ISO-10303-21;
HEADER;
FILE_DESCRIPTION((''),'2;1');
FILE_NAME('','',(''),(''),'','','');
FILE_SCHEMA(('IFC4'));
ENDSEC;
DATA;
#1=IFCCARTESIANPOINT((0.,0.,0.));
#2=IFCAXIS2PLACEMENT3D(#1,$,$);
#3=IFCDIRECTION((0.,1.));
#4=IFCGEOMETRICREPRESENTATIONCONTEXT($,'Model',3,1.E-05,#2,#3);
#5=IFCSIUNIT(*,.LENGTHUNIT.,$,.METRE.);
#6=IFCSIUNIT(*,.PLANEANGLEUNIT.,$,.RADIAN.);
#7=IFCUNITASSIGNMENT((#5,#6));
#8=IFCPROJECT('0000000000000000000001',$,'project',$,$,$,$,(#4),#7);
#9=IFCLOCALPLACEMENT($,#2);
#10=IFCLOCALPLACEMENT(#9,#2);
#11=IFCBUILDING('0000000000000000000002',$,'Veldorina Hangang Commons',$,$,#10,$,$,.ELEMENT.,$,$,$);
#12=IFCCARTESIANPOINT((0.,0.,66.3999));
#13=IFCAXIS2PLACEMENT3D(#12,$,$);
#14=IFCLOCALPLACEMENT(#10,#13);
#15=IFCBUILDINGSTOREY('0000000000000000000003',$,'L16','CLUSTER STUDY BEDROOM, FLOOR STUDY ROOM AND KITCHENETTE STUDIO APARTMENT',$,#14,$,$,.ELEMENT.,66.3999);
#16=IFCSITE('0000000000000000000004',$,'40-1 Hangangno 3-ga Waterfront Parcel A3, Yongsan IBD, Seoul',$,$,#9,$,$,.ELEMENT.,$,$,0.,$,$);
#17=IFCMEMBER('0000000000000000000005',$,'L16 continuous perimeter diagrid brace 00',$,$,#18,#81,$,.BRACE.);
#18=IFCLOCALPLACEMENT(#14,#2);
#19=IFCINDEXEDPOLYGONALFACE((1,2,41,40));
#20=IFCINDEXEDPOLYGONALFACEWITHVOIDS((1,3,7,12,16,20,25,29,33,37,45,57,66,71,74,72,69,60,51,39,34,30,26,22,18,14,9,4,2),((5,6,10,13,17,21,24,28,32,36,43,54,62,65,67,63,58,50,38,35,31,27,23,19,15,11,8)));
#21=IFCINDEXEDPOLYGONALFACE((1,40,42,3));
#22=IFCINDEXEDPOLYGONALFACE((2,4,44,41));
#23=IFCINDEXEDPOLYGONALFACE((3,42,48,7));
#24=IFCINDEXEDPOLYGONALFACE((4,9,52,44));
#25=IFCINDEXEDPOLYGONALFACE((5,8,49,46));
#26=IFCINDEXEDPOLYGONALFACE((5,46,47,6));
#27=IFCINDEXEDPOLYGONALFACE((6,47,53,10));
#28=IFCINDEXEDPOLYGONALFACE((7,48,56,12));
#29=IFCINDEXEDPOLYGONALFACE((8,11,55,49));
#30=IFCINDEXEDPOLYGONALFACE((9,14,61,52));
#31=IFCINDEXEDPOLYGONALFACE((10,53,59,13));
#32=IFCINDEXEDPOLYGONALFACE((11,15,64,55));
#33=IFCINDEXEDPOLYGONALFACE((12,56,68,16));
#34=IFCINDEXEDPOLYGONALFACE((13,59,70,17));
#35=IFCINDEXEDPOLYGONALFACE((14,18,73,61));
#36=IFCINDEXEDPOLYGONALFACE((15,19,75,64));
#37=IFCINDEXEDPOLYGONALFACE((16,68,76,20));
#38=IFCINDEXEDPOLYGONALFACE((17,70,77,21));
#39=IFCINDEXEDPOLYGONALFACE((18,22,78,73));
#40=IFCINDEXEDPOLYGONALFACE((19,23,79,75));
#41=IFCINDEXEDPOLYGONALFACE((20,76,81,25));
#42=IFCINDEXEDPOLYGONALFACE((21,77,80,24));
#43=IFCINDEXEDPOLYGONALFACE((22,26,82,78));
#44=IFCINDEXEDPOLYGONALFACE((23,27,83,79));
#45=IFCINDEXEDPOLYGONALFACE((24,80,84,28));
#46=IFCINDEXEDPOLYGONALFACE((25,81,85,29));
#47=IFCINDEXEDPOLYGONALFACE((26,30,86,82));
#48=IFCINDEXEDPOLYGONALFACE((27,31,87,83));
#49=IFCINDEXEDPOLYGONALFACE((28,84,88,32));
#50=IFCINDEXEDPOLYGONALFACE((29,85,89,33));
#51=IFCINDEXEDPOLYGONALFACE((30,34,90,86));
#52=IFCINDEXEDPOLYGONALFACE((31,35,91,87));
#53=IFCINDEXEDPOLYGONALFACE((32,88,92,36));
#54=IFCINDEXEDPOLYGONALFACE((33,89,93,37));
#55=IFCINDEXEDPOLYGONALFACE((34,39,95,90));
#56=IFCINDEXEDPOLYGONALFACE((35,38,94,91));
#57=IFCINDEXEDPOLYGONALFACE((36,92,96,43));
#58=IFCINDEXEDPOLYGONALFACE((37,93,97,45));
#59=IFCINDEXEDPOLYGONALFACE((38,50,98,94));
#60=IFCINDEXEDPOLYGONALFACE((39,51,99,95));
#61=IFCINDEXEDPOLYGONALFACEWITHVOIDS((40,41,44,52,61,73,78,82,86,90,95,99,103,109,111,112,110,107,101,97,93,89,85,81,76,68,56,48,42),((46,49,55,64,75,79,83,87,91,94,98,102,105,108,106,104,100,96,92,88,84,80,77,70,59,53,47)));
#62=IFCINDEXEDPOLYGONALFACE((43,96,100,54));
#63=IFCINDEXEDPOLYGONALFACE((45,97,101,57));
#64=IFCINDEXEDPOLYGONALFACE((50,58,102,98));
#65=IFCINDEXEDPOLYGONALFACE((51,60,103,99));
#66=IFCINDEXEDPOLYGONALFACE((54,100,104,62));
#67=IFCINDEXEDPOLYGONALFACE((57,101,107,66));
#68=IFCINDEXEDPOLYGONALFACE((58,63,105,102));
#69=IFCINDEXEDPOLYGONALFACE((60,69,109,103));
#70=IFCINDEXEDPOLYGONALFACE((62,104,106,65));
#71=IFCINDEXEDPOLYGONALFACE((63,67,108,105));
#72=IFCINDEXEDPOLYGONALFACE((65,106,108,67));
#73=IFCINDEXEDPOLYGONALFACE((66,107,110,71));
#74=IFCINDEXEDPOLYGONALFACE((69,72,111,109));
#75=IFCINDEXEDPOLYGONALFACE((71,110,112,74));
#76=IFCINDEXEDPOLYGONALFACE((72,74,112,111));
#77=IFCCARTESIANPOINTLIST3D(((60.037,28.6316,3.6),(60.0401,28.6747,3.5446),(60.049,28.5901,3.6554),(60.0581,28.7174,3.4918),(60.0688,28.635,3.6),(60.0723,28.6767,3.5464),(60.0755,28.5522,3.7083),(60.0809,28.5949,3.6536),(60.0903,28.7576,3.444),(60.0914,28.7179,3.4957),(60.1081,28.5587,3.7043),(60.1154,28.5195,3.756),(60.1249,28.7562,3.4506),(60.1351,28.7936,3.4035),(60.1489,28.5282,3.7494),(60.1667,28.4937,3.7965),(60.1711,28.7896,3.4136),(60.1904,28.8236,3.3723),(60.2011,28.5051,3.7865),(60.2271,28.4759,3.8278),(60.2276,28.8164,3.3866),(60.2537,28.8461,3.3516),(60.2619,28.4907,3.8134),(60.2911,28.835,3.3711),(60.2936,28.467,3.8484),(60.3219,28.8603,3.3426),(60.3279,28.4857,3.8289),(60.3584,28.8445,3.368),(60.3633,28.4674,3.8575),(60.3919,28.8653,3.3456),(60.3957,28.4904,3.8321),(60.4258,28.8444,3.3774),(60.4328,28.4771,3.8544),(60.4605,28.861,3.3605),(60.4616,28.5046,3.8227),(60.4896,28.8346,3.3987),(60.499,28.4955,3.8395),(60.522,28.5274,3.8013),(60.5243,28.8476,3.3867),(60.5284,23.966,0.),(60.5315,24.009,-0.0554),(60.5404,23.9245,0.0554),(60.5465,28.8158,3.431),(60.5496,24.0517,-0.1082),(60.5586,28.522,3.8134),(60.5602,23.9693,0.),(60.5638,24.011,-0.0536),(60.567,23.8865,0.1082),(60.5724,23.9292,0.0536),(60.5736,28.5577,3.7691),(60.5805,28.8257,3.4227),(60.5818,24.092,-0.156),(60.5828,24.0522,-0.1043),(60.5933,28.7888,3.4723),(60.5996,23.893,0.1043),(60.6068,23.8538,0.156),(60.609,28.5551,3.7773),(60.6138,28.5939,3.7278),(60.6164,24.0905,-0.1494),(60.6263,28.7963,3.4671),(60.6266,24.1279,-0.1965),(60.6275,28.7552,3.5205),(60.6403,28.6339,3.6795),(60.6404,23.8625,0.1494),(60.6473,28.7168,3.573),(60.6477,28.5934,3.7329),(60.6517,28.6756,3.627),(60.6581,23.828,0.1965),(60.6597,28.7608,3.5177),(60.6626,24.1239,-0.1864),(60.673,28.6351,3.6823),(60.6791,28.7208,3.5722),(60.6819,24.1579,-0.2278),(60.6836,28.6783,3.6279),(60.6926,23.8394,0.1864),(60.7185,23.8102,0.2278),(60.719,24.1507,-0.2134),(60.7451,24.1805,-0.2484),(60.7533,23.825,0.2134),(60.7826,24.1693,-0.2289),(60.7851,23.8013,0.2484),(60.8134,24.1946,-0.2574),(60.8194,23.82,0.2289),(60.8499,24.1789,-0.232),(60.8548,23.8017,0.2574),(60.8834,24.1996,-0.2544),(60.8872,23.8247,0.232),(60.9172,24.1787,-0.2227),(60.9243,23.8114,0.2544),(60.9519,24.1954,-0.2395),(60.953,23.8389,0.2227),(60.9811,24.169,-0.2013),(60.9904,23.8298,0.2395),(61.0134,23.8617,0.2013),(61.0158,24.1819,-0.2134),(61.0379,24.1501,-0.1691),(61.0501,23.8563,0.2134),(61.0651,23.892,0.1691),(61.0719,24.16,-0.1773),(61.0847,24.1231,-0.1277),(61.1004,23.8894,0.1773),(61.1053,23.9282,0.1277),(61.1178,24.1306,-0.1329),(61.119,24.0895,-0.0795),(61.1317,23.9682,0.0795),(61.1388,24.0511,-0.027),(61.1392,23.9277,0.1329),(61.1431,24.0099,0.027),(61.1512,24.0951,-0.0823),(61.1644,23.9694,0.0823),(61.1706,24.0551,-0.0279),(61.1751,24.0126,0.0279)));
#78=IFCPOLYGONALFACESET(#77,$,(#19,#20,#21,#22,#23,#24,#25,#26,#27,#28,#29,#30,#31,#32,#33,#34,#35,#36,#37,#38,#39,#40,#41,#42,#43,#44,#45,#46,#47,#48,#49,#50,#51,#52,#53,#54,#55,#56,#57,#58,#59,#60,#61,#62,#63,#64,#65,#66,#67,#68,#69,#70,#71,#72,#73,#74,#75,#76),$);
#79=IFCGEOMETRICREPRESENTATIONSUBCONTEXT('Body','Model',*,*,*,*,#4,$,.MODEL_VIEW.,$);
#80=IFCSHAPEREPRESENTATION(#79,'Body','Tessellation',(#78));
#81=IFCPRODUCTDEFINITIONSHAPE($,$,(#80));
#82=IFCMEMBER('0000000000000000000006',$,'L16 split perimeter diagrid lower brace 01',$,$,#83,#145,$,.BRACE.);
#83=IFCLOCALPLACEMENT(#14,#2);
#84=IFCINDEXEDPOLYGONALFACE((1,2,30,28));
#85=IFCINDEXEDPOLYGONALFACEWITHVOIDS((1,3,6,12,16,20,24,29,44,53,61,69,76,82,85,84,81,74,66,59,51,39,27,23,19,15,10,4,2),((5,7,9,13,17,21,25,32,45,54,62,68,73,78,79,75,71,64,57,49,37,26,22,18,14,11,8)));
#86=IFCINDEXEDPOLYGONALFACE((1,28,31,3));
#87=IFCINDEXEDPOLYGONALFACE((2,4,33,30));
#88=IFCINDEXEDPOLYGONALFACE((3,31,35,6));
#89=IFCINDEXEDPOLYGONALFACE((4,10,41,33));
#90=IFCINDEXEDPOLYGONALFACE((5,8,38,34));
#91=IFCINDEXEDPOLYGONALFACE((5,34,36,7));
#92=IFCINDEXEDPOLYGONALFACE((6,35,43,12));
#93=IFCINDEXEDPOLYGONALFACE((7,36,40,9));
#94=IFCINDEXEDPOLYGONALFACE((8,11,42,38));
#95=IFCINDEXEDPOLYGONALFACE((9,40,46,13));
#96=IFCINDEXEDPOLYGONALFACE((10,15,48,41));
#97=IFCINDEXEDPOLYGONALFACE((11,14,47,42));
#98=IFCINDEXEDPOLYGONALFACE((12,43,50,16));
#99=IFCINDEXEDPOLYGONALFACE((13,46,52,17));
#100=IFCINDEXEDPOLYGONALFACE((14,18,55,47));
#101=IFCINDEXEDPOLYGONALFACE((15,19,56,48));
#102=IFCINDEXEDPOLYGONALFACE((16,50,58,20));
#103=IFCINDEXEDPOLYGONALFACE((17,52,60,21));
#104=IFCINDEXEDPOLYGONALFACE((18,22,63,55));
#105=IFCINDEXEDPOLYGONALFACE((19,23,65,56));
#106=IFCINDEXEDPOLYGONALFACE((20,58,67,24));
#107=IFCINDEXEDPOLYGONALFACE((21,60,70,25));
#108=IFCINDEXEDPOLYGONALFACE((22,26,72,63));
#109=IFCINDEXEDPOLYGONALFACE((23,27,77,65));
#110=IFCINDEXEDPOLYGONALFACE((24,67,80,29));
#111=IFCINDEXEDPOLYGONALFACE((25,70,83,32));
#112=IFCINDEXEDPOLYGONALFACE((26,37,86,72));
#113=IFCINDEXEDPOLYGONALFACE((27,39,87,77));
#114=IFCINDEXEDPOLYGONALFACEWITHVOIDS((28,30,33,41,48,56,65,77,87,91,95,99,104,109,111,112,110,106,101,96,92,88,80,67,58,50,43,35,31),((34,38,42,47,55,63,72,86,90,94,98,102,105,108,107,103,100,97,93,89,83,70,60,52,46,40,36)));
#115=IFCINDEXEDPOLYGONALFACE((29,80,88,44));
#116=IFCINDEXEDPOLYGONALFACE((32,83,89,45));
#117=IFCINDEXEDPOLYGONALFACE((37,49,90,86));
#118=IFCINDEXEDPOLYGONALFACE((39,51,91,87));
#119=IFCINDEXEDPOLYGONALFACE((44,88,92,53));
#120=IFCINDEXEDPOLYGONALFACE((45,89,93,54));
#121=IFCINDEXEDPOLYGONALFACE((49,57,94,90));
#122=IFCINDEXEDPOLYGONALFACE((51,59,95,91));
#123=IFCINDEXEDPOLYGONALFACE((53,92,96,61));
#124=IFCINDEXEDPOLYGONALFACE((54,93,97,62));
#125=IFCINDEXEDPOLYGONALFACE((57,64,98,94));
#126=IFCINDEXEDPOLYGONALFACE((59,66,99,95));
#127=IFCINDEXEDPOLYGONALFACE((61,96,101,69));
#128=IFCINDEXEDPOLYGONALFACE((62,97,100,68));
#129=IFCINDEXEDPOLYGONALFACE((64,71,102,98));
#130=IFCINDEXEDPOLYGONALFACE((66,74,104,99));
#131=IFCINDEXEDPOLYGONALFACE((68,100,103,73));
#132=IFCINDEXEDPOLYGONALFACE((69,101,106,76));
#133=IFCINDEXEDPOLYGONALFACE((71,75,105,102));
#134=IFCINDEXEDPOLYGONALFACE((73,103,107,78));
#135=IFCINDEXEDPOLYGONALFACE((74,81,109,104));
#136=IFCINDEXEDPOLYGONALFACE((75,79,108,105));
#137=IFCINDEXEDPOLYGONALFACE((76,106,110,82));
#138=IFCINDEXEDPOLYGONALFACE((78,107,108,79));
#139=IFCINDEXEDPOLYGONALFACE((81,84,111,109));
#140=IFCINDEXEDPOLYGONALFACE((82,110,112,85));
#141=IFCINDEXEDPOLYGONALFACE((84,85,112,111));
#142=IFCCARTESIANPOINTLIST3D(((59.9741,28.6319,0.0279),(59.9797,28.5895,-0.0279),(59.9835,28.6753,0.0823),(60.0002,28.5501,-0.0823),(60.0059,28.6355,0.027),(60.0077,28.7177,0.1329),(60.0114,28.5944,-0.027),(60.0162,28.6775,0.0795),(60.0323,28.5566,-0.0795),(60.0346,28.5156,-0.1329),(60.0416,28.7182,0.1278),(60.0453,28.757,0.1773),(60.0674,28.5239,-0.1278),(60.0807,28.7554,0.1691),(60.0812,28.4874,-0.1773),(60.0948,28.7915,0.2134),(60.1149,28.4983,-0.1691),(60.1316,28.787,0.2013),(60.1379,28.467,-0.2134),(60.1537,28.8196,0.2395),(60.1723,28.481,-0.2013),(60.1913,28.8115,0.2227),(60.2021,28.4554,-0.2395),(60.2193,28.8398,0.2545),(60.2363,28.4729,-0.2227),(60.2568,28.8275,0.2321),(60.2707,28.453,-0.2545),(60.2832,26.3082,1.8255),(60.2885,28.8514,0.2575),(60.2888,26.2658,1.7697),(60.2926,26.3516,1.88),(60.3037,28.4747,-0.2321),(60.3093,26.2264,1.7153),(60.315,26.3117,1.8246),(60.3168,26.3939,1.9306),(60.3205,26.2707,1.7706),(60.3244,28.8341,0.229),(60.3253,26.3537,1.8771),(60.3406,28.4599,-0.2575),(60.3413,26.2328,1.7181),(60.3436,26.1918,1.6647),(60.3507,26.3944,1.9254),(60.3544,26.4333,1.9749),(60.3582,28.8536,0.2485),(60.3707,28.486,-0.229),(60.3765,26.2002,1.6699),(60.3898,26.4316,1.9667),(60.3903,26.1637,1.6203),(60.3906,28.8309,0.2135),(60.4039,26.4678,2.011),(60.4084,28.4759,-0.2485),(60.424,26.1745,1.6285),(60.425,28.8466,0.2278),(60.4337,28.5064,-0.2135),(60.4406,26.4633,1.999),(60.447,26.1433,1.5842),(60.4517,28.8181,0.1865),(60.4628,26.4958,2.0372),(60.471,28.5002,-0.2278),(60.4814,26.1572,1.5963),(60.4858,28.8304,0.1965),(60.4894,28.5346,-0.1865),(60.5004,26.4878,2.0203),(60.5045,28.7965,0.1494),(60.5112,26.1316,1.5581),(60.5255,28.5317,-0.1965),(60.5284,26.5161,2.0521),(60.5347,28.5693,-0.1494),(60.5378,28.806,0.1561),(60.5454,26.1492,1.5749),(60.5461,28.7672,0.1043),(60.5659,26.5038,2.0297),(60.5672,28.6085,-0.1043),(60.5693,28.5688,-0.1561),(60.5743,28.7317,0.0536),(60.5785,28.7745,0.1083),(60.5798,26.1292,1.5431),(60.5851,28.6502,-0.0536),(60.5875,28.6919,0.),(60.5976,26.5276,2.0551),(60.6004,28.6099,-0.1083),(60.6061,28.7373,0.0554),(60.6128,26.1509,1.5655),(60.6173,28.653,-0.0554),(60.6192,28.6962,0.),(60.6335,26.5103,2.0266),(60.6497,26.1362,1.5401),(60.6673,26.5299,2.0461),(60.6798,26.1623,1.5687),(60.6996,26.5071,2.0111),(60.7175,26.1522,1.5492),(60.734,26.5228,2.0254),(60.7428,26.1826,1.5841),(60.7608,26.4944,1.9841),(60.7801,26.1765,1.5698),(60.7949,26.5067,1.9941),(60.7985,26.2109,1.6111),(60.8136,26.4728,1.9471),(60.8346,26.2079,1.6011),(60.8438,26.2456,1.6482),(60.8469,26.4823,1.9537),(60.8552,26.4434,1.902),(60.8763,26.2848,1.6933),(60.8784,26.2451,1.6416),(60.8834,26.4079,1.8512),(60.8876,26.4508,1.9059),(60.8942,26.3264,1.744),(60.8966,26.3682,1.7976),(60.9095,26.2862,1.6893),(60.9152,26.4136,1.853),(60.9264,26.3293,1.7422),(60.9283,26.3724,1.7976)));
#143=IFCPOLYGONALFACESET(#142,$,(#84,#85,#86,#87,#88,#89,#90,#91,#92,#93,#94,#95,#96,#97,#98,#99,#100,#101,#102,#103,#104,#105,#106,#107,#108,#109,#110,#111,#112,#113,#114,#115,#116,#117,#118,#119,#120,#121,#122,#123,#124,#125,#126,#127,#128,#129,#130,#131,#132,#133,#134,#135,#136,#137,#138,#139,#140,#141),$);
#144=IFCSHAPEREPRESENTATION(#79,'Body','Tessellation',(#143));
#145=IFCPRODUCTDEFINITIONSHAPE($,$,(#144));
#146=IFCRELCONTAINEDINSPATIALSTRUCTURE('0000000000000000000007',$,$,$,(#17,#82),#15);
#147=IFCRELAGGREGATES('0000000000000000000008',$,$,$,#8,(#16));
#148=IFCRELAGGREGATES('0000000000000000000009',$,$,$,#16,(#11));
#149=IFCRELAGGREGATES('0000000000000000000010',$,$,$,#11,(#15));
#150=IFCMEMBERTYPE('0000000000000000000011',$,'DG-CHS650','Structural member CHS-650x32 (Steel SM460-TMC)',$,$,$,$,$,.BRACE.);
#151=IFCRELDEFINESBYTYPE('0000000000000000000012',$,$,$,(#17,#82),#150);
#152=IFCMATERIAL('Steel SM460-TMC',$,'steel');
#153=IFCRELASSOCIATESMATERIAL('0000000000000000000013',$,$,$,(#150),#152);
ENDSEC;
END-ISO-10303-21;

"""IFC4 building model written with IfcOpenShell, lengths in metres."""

from ifc_helpers import new_model, si_unit, direction, frame, origin, origin_2d, place, context, subcontext, project, spatial, hollow_circle, extrude, material, material_profile, profile_set, type_object, element, save


model = new_model("IFC4")

# Units and contexts
model_context = context("Model", 3, precision=1e-05, world=origin(), true_north=direction((0.0, 1.0)))
body_context = subcontext(model_context, "Body", "Model", "MODEL_VIEW")
ifc_project = project(units=[si_unit("LENGTHUNIT", "METRE"), si_unit("PLANEANGLEUNIT", "RADIAN")], contexts=[model_context])

# Site, building, storey
site_placement = place(None, origin())
site = spatial("IfcSite", under=ifc_project, at=site_placement, Name="40-1 Hangangno 3-ga Waterfront Parcel A3, Yongsan IBD, Seoul", CompositionType="ELEMENT", RefElevation=0.0)
building_placement = place(site_placement, origin())
building = spatial("IfcBuilding", under=site, at=building_placement, Name="Veldorina Hangang Commons", CompositionType="ELEMENT")
storey_placement = place(building_placement, frame((0.0, 0.0, 66.3999)))
storey = spatial("IfcBuildingStorey", under=building, at=storey_placement, Name="L16", Description="CLUSTER STUDY BEDROOM, FLOOR STUDY ROOM AND KITCHENETTE STUDIO APARTMENT", CompositionType="ELEMENT", Elevation=66.3999)

# Members
ifc_material_1 = material(Name="Steel SM460-TMC", Category="steel")
ifc_material_profile_1 = material_profile(ifc_material_1, hollow_circle(Radius=0.325, WallThickness=0.032, at=origin_2d()), Name="CHS-650x32")
ifc_profile_set_1 = profile_set([ifc_material_profile_1], Name="Steel SM460-TMC")
member_type = type_object("IfcMemberType", Name="DG-CHS650", Description="Structural member CHS-650x32 (Steel SM460-TMC)", PredefinedType="BRACE", material=ifc_profile_set_1)
member_1_placement = place(storey_placement, frame((60.8516, 24.0, 0.0), z_axis=(-0.083105, 0.788979, 0.608774), x_axis=(-0.994498, -0.104753, 0.0)))
element("IfcMember", 1, at=member_1_placement, inside=storey, type_object=member_type, Name="L16 continuous perimeter diagrid brace 00", PredefinedType="BRACE", context=body_context, shape_type="SweptSolid", body=[
    extrude(hollow_circle(Radius=0.325, WallThickness=0.032, at=origin_2d()), origin(), (0.0, 0.0, 1.0), 5.9136),
])
member_2_placement = place(storey_placement, frame((60.2971, 28.6533, 0.0), z_axis=(0.104629, -0.786615, 0.608515), x_axis=(0.99127, 0.13185, 0.0)))
element("IfcMember", 2, at=member_2_placement, inside=storey, type_object=member_type, Name="L16 split perimeter diagrid lower brace 01", PredefinedType="BRACE", context=body_context, shape_type="SweptSolid", body=[
    extrude(hollow_circle(Radius=0.325, WallThickness=0.032, at=origin_2d()), origin(), (0.0, 0.0, 1.0), 2.9541),
])

save(model, "model.ifc")
